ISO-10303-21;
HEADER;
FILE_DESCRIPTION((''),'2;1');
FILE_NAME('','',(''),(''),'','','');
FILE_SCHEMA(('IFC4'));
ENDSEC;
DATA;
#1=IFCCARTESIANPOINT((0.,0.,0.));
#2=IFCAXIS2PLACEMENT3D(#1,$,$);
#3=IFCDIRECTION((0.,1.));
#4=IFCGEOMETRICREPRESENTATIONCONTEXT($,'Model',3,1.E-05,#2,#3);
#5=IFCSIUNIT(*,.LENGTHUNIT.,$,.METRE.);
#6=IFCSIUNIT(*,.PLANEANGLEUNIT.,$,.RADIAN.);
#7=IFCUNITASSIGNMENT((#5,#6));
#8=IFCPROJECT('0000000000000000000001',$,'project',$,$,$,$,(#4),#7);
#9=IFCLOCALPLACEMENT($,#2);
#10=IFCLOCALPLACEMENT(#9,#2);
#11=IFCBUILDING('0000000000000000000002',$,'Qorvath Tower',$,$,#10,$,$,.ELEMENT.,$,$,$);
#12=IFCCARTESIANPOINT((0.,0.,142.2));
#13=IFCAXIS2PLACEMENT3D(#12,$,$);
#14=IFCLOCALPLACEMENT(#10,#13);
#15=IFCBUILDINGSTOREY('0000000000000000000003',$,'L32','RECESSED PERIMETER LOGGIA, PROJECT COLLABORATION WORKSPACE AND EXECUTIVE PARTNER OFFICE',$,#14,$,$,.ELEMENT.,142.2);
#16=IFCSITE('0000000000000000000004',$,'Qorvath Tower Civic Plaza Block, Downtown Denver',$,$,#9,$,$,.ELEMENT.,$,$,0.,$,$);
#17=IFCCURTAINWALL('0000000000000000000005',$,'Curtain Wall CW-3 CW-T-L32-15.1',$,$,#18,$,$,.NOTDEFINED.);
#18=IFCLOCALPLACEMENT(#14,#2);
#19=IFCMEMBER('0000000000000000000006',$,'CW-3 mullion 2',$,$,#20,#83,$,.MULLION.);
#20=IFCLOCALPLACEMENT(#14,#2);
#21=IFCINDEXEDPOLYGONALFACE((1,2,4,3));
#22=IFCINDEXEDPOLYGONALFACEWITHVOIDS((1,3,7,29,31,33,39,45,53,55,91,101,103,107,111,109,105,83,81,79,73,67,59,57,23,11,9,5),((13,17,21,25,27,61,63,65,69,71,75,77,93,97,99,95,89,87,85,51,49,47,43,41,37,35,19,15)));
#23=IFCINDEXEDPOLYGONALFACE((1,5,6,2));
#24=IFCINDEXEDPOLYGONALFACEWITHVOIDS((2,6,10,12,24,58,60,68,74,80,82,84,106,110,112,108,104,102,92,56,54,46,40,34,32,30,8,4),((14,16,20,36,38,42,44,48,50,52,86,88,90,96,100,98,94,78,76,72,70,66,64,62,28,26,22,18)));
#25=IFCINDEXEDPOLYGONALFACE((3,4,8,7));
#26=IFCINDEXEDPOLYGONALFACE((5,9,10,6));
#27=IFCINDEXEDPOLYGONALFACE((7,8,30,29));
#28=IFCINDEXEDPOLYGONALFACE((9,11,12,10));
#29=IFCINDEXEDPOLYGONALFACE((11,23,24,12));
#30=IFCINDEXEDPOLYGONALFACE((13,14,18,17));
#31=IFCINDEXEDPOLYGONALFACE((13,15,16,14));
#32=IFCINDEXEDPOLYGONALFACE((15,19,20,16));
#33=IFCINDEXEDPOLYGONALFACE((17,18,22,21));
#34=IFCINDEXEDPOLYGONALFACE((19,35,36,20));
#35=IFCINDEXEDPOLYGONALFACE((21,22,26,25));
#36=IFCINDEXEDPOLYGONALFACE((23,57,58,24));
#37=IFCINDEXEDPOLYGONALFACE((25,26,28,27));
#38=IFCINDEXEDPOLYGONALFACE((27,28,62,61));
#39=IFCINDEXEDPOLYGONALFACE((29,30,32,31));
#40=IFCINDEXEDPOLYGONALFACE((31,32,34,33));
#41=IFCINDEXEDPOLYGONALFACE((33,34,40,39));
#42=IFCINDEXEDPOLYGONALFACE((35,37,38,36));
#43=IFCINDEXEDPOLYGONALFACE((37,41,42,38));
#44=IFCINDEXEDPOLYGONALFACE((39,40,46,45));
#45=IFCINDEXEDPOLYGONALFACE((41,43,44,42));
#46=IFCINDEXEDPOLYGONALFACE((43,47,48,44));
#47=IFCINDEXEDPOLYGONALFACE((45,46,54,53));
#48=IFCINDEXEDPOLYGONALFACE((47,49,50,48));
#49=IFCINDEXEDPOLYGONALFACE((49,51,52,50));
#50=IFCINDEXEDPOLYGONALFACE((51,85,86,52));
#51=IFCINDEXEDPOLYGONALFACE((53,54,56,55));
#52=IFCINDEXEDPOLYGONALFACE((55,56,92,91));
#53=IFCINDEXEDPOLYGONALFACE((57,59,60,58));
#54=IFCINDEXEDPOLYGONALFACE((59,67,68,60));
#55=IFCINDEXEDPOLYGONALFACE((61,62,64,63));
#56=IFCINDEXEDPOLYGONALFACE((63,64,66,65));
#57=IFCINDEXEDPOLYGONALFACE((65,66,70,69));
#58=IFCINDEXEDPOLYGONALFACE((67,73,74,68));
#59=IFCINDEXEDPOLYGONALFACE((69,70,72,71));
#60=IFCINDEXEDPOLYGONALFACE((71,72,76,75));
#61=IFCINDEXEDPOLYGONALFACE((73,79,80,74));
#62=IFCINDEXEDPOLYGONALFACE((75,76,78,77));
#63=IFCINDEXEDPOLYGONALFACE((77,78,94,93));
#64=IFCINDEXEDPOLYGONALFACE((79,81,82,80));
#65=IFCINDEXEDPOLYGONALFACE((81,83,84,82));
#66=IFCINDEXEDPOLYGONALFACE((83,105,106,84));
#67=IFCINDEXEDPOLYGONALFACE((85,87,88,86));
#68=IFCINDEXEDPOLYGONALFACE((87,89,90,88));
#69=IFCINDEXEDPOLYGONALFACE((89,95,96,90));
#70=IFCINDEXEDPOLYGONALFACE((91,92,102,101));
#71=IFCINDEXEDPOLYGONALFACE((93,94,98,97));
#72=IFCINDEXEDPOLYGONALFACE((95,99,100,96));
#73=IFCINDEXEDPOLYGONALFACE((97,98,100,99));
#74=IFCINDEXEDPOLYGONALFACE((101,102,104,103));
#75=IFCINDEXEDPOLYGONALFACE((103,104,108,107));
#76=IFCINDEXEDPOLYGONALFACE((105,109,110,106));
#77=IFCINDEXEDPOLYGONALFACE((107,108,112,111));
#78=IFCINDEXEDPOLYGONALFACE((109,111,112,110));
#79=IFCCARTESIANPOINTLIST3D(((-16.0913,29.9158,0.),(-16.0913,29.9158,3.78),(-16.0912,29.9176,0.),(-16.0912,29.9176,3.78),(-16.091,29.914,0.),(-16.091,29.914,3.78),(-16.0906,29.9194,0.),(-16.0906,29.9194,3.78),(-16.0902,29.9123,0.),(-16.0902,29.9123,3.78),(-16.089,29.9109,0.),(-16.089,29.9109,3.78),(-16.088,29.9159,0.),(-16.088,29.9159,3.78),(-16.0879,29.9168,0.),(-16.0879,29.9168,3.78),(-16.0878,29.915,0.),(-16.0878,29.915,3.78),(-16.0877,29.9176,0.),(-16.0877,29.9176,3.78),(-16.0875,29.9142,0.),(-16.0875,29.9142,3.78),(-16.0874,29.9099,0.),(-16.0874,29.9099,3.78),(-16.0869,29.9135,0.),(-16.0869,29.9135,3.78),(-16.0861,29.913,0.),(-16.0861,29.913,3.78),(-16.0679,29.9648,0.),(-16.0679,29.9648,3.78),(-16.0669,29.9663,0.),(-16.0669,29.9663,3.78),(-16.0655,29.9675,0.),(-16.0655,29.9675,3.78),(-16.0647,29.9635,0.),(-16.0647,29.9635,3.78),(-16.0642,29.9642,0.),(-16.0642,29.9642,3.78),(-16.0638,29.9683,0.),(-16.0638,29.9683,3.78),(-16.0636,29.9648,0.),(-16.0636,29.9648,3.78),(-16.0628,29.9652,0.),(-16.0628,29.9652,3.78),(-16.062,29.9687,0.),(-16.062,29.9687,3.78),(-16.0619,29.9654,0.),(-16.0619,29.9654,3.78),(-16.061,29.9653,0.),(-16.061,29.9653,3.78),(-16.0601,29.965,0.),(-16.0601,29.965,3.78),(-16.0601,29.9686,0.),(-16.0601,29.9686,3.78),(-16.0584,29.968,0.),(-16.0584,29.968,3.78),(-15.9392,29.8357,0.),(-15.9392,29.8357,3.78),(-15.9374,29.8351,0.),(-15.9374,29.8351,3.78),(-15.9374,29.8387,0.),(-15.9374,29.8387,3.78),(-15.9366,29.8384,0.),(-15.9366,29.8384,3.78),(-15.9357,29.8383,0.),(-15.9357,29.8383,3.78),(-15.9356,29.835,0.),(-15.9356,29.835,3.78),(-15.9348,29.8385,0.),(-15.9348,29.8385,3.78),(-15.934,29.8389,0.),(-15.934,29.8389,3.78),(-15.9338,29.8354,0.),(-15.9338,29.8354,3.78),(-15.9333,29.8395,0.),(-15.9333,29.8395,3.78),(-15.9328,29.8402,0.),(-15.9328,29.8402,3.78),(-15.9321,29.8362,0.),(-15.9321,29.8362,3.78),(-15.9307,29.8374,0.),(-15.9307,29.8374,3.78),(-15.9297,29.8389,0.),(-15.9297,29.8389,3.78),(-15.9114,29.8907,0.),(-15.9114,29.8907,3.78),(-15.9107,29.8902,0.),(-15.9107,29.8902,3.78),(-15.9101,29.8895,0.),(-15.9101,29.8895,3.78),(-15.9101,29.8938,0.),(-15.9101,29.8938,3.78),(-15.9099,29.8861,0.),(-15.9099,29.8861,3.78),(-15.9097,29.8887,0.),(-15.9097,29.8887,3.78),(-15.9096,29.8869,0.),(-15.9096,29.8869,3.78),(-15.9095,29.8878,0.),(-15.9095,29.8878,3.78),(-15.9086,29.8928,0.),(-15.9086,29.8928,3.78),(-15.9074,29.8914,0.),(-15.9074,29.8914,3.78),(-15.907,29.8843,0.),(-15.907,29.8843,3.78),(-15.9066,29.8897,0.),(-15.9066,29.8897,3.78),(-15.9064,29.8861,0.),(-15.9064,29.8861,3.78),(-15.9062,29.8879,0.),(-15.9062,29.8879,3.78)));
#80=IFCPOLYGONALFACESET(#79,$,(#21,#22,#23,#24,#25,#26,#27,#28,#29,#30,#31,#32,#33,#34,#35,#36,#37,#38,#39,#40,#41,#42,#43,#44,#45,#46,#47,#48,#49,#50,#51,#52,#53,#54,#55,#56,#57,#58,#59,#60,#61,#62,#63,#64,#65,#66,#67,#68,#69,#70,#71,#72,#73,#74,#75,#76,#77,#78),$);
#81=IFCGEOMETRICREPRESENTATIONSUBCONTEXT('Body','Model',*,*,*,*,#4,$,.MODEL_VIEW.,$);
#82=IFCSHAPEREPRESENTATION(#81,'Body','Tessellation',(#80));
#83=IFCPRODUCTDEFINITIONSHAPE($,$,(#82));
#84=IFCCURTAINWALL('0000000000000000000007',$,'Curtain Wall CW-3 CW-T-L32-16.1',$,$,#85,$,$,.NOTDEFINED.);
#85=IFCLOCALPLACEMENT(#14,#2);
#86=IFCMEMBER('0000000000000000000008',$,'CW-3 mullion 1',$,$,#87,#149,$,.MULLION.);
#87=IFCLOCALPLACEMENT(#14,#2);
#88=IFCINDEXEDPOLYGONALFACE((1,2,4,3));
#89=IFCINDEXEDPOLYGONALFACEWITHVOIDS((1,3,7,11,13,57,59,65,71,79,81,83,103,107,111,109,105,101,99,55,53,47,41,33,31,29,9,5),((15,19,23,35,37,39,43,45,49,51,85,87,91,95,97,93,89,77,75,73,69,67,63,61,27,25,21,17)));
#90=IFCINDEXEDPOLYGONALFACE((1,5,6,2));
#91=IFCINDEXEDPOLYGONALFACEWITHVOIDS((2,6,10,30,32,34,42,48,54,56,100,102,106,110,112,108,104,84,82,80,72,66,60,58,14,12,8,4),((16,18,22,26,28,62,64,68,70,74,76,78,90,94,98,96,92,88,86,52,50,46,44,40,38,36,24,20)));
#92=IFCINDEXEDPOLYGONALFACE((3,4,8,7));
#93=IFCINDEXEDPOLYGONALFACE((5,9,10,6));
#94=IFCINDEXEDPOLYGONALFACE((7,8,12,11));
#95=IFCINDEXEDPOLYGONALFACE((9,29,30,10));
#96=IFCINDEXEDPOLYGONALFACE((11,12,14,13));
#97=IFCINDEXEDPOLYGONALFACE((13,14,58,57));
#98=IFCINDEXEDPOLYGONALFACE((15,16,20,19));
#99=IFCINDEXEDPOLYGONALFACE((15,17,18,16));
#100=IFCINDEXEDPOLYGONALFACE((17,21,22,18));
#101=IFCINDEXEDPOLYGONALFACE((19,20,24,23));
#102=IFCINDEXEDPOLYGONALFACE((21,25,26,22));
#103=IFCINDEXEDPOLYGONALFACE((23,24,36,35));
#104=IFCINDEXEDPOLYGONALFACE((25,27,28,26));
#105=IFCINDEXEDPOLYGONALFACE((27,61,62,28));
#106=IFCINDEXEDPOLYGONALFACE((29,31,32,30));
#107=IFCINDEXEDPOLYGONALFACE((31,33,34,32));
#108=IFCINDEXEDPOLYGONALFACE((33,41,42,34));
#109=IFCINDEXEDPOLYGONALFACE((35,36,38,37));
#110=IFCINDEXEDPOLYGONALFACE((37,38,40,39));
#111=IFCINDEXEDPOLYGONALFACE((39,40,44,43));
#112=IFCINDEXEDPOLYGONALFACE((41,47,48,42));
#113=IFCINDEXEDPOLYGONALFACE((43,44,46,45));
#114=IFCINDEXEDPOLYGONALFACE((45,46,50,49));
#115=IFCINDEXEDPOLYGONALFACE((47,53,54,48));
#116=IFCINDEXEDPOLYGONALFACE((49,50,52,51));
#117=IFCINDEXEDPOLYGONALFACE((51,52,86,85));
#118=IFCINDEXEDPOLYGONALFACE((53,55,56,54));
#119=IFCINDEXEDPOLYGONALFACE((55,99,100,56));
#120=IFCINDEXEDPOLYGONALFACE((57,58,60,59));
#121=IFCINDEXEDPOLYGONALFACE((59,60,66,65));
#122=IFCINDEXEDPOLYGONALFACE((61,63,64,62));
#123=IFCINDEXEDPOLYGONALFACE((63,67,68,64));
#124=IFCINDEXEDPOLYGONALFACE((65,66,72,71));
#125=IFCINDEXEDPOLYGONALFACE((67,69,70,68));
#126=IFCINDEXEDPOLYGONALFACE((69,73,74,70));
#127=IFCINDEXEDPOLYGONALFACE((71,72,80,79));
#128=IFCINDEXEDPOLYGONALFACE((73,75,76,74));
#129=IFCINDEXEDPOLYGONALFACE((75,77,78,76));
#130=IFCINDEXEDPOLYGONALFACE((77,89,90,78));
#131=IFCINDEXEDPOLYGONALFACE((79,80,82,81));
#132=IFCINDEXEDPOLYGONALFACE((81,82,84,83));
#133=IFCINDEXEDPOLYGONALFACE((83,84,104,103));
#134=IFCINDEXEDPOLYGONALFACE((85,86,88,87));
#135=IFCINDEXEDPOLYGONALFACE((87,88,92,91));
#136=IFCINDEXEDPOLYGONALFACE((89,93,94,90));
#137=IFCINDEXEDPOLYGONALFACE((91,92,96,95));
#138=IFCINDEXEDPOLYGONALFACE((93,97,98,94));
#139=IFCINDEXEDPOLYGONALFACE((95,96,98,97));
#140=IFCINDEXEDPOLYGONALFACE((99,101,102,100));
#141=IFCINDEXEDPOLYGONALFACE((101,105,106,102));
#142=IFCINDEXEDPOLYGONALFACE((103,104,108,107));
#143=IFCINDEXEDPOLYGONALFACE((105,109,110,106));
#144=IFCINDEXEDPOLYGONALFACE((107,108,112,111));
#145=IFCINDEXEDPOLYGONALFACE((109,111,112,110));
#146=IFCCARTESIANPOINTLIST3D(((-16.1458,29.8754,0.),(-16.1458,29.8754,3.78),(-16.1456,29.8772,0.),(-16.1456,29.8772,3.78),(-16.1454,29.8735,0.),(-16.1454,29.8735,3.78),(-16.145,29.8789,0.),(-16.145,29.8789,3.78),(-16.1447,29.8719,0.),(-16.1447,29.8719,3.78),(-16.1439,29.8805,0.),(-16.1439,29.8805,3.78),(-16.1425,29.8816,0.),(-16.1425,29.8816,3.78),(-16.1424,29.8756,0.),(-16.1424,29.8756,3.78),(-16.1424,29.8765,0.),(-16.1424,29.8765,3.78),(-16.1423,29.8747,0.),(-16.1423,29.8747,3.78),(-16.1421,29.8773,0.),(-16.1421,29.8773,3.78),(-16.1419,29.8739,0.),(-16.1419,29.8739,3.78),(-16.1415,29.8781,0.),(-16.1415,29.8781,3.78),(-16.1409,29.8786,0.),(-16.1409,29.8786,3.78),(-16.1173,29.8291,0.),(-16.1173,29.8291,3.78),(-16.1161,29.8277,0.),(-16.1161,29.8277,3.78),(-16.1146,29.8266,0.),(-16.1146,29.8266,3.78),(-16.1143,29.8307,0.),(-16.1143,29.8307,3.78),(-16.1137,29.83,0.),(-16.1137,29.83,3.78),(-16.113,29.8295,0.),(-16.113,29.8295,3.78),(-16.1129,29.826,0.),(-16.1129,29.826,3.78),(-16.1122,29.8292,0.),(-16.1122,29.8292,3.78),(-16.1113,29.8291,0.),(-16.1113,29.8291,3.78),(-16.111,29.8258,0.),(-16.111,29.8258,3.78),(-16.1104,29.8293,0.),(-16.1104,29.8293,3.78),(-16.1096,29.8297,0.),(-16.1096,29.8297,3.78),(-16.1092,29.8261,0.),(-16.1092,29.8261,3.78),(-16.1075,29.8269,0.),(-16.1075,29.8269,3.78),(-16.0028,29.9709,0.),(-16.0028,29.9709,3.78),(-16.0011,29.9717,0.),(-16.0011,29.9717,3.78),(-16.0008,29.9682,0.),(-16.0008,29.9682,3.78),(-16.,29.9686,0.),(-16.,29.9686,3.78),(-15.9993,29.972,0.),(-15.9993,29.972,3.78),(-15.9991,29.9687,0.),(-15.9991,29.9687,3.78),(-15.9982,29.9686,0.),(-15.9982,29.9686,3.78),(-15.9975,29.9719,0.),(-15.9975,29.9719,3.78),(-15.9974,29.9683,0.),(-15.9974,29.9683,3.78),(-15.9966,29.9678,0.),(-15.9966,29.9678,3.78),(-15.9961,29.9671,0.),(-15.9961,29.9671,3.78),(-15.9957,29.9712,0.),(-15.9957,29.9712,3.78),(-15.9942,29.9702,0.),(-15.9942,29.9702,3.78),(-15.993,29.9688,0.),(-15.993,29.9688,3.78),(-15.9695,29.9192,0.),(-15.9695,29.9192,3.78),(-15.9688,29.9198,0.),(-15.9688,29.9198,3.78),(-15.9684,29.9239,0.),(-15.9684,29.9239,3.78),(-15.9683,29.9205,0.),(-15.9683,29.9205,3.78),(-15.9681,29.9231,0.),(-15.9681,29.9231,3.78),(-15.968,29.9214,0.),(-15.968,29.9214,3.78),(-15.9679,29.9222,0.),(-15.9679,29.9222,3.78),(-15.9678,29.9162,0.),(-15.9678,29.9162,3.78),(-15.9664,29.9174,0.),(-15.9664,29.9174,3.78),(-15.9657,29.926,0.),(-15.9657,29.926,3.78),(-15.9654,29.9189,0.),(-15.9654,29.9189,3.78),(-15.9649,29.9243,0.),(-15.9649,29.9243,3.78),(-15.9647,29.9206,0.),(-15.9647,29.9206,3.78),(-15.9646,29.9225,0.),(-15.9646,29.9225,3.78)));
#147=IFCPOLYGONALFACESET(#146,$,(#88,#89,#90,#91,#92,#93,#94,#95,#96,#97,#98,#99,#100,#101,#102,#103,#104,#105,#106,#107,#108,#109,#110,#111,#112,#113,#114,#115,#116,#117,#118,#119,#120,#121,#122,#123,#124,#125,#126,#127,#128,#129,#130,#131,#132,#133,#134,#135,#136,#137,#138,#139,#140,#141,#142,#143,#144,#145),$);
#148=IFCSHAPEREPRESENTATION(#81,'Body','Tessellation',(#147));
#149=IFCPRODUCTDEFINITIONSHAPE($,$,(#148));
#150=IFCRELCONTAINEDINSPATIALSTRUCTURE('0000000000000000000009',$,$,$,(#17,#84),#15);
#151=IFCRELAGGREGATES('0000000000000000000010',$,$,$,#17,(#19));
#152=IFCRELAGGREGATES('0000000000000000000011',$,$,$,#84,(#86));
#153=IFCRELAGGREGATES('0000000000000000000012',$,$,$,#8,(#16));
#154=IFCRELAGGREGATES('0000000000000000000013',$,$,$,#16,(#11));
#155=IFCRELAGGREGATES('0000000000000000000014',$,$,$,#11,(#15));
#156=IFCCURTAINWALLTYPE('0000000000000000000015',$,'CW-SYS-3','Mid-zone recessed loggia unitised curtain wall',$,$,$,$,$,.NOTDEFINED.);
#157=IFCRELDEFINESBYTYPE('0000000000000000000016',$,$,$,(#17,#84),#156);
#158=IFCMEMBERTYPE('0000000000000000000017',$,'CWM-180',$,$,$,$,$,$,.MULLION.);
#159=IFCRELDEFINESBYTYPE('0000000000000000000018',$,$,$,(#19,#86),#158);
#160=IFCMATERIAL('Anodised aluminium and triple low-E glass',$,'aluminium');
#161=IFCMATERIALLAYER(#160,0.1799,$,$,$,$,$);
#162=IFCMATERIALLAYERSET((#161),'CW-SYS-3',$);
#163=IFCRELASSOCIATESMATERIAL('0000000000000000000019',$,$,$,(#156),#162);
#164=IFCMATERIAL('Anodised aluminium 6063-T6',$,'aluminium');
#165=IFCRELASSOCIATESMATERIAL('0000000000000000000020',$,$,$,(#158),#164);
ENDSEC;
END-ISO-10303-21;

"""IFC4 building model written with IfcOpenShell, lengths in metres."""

from ifc_helpers import new_model, si_unit, direction, frame, origin, origin_2d, place, context, subcontext, project, spatial, hollow_rectangle, extrude, material, layer, layer_set, material_profile, profile_set, type_object, element, aggregate, save


model = new_model("IFC4")

# Units and contexts
model_context = context("Model", 3, precision=1e-05, world=origin(), true_north=direction((0.0, 1.0)))
body_context = subcontext(model_context, "Body", "Model", "MODEL_VIEW")
ifc_project = project(units=[si_unit("LENGTHUNIT", "METRE"), si_unit("PLANEANGLEUNIT", "RADIAN")], contexts=[model_context])

# Site, building, storey
site_placement = place(None, origin())
site = spatial("IfcSite", under=ifc_project, at=site_placement, Name="Qorvath Tower Civic Plaza Block, Downtown Denver", CompositionType="ELEMENT", RefElevation=0.0)
building_placement = place(site_placement, origin())
building = spatial("IfcBuilding", under=site, at=building_placement, Name="Qorvath Tower", CompositionType="ELEMENT")
storey_placement = place(building_placement, frame((0.0, 0.0, 142.2)))
storey = spatial("IfcBuildingStorey", under=building, at=storey_placement, Name="L32", Description="RECESSED PERIMETER LOGGIA, PROJECT COLLABORATION WORKSPACE AND EXECUTIVE PARTNER OFFICE", CompositionType="ELEMENT", Elevation=142.2)

# Shared definitions
ifc_material_1 = material(Name="Anodised aluminium and triple low-E glass", Category="aluminium")
ifc_layer_1 = layer(ifc_material_1, 0.1799)
ifc_layer_set_1 = layer_set([ifc_layer_1], Name="CW-SYS-3")
curtain_wall_type = type_object("IfcCurtainWallType", Name="CW-SYS-3", Description="Mid-zone recessed loggia unitised curtain wall", PredefinedType="NOTDEFINED", material=ifc_layer_set_1)
ifc_material_2 = material(Name="Anodised aluminium 6063-T6", Category="aluminium")
ifc_material_profile_1 = material_profile(ifc_material_2, hollow_rectangle(XDim=0.0649, YDim=0.1799, WallThickness=0.0034, InnerFilletRadius=0.0034, OuterFilletRadius=0.0071, at=origin_2d()), Name="CWM 180x65")
ifc_profile_set_1 = profile_set([ifc_material_profile_1], Name="Anodised aluminium 6063-T6")
member_type_1 = type_object("IfcMemberType", Name="CWM-180", PredefinedType="MULLION", material=ifc_profile_set_1)

# Curtain wall, member
curtain_wall_1_placement = place(storey_placement, origin())
curtain_wall_1 = element("IfcCurtainWall", 1, at=curtain_wall_1_placement, inside=storey, type_object=curtain_wall_type, Name="Curtain Wall CW-3 CW-T-L32-15.1", PredefinedType="NOTDEFINED")
member_1_placement = place(storey_placement, frame((-15.9988, 29.9019, 0.0), z_axis=(0.0, 0.0, 1.0), x_axis=(-0.447172, -0.894448, 0.0)))
member_1 = element("IfcMember", 2, at=member_1_placement, type_object=member_type_1, Name="CW-3 mullion 2", PredefinedType="MULLION", context=body_context, shape_type="SweptSolid", body=[
    extrude(hollow_rectangle(XDim=0.0649, YDim=0.1799, WallThickness=0.0034, InnerFilletRadius=0.0034, OuterFilletRadius=0.0071, at=origin_2d()), origin(), (0.0, 0.0, 1.0), 3.78),
])

# Curtain wall, member
curtain_wall_2_placement = place(storey_placement, origin())
curtain_wall_2 = element("IfcCurtainWall", 3, at=curtain_wall_2_placement, inside=storey, type_object=curtain_wall_type, Name="Curtain Wall CW-3 CW-T-L32-16.1", PredefinedType="NOTDEFINED")
member_2_placement = place(storey_placement, frame((-16.0552, 29.8989, 0.0), z_axis=(0.0, 0.0, 1.0), x_axis=(0.538533, -0.842604, 0.0)))
member_2 = element("IfcMember", 4, at=member_2_placement, type_object=member_type_1, Name="CW-3 mullion 1", PredefinedType="MULLION", context=body_context, shape_type="SweptSolid", body=[
    extrude(hollow_rectangle(XDim=0.0649, YDim=0.1799, WallThickness=0.0034, InnerFilletRadius=0.0034, OuterFilletRadius=0.0071, at=origin_2d()), origin(), (0.0, 0.0, 1.0), 3.78),
])

aggregate(curtain_wall_1, [member_1])
aggregate(curtain_wall_2, [member_2])

save(model, "model.ifc")
